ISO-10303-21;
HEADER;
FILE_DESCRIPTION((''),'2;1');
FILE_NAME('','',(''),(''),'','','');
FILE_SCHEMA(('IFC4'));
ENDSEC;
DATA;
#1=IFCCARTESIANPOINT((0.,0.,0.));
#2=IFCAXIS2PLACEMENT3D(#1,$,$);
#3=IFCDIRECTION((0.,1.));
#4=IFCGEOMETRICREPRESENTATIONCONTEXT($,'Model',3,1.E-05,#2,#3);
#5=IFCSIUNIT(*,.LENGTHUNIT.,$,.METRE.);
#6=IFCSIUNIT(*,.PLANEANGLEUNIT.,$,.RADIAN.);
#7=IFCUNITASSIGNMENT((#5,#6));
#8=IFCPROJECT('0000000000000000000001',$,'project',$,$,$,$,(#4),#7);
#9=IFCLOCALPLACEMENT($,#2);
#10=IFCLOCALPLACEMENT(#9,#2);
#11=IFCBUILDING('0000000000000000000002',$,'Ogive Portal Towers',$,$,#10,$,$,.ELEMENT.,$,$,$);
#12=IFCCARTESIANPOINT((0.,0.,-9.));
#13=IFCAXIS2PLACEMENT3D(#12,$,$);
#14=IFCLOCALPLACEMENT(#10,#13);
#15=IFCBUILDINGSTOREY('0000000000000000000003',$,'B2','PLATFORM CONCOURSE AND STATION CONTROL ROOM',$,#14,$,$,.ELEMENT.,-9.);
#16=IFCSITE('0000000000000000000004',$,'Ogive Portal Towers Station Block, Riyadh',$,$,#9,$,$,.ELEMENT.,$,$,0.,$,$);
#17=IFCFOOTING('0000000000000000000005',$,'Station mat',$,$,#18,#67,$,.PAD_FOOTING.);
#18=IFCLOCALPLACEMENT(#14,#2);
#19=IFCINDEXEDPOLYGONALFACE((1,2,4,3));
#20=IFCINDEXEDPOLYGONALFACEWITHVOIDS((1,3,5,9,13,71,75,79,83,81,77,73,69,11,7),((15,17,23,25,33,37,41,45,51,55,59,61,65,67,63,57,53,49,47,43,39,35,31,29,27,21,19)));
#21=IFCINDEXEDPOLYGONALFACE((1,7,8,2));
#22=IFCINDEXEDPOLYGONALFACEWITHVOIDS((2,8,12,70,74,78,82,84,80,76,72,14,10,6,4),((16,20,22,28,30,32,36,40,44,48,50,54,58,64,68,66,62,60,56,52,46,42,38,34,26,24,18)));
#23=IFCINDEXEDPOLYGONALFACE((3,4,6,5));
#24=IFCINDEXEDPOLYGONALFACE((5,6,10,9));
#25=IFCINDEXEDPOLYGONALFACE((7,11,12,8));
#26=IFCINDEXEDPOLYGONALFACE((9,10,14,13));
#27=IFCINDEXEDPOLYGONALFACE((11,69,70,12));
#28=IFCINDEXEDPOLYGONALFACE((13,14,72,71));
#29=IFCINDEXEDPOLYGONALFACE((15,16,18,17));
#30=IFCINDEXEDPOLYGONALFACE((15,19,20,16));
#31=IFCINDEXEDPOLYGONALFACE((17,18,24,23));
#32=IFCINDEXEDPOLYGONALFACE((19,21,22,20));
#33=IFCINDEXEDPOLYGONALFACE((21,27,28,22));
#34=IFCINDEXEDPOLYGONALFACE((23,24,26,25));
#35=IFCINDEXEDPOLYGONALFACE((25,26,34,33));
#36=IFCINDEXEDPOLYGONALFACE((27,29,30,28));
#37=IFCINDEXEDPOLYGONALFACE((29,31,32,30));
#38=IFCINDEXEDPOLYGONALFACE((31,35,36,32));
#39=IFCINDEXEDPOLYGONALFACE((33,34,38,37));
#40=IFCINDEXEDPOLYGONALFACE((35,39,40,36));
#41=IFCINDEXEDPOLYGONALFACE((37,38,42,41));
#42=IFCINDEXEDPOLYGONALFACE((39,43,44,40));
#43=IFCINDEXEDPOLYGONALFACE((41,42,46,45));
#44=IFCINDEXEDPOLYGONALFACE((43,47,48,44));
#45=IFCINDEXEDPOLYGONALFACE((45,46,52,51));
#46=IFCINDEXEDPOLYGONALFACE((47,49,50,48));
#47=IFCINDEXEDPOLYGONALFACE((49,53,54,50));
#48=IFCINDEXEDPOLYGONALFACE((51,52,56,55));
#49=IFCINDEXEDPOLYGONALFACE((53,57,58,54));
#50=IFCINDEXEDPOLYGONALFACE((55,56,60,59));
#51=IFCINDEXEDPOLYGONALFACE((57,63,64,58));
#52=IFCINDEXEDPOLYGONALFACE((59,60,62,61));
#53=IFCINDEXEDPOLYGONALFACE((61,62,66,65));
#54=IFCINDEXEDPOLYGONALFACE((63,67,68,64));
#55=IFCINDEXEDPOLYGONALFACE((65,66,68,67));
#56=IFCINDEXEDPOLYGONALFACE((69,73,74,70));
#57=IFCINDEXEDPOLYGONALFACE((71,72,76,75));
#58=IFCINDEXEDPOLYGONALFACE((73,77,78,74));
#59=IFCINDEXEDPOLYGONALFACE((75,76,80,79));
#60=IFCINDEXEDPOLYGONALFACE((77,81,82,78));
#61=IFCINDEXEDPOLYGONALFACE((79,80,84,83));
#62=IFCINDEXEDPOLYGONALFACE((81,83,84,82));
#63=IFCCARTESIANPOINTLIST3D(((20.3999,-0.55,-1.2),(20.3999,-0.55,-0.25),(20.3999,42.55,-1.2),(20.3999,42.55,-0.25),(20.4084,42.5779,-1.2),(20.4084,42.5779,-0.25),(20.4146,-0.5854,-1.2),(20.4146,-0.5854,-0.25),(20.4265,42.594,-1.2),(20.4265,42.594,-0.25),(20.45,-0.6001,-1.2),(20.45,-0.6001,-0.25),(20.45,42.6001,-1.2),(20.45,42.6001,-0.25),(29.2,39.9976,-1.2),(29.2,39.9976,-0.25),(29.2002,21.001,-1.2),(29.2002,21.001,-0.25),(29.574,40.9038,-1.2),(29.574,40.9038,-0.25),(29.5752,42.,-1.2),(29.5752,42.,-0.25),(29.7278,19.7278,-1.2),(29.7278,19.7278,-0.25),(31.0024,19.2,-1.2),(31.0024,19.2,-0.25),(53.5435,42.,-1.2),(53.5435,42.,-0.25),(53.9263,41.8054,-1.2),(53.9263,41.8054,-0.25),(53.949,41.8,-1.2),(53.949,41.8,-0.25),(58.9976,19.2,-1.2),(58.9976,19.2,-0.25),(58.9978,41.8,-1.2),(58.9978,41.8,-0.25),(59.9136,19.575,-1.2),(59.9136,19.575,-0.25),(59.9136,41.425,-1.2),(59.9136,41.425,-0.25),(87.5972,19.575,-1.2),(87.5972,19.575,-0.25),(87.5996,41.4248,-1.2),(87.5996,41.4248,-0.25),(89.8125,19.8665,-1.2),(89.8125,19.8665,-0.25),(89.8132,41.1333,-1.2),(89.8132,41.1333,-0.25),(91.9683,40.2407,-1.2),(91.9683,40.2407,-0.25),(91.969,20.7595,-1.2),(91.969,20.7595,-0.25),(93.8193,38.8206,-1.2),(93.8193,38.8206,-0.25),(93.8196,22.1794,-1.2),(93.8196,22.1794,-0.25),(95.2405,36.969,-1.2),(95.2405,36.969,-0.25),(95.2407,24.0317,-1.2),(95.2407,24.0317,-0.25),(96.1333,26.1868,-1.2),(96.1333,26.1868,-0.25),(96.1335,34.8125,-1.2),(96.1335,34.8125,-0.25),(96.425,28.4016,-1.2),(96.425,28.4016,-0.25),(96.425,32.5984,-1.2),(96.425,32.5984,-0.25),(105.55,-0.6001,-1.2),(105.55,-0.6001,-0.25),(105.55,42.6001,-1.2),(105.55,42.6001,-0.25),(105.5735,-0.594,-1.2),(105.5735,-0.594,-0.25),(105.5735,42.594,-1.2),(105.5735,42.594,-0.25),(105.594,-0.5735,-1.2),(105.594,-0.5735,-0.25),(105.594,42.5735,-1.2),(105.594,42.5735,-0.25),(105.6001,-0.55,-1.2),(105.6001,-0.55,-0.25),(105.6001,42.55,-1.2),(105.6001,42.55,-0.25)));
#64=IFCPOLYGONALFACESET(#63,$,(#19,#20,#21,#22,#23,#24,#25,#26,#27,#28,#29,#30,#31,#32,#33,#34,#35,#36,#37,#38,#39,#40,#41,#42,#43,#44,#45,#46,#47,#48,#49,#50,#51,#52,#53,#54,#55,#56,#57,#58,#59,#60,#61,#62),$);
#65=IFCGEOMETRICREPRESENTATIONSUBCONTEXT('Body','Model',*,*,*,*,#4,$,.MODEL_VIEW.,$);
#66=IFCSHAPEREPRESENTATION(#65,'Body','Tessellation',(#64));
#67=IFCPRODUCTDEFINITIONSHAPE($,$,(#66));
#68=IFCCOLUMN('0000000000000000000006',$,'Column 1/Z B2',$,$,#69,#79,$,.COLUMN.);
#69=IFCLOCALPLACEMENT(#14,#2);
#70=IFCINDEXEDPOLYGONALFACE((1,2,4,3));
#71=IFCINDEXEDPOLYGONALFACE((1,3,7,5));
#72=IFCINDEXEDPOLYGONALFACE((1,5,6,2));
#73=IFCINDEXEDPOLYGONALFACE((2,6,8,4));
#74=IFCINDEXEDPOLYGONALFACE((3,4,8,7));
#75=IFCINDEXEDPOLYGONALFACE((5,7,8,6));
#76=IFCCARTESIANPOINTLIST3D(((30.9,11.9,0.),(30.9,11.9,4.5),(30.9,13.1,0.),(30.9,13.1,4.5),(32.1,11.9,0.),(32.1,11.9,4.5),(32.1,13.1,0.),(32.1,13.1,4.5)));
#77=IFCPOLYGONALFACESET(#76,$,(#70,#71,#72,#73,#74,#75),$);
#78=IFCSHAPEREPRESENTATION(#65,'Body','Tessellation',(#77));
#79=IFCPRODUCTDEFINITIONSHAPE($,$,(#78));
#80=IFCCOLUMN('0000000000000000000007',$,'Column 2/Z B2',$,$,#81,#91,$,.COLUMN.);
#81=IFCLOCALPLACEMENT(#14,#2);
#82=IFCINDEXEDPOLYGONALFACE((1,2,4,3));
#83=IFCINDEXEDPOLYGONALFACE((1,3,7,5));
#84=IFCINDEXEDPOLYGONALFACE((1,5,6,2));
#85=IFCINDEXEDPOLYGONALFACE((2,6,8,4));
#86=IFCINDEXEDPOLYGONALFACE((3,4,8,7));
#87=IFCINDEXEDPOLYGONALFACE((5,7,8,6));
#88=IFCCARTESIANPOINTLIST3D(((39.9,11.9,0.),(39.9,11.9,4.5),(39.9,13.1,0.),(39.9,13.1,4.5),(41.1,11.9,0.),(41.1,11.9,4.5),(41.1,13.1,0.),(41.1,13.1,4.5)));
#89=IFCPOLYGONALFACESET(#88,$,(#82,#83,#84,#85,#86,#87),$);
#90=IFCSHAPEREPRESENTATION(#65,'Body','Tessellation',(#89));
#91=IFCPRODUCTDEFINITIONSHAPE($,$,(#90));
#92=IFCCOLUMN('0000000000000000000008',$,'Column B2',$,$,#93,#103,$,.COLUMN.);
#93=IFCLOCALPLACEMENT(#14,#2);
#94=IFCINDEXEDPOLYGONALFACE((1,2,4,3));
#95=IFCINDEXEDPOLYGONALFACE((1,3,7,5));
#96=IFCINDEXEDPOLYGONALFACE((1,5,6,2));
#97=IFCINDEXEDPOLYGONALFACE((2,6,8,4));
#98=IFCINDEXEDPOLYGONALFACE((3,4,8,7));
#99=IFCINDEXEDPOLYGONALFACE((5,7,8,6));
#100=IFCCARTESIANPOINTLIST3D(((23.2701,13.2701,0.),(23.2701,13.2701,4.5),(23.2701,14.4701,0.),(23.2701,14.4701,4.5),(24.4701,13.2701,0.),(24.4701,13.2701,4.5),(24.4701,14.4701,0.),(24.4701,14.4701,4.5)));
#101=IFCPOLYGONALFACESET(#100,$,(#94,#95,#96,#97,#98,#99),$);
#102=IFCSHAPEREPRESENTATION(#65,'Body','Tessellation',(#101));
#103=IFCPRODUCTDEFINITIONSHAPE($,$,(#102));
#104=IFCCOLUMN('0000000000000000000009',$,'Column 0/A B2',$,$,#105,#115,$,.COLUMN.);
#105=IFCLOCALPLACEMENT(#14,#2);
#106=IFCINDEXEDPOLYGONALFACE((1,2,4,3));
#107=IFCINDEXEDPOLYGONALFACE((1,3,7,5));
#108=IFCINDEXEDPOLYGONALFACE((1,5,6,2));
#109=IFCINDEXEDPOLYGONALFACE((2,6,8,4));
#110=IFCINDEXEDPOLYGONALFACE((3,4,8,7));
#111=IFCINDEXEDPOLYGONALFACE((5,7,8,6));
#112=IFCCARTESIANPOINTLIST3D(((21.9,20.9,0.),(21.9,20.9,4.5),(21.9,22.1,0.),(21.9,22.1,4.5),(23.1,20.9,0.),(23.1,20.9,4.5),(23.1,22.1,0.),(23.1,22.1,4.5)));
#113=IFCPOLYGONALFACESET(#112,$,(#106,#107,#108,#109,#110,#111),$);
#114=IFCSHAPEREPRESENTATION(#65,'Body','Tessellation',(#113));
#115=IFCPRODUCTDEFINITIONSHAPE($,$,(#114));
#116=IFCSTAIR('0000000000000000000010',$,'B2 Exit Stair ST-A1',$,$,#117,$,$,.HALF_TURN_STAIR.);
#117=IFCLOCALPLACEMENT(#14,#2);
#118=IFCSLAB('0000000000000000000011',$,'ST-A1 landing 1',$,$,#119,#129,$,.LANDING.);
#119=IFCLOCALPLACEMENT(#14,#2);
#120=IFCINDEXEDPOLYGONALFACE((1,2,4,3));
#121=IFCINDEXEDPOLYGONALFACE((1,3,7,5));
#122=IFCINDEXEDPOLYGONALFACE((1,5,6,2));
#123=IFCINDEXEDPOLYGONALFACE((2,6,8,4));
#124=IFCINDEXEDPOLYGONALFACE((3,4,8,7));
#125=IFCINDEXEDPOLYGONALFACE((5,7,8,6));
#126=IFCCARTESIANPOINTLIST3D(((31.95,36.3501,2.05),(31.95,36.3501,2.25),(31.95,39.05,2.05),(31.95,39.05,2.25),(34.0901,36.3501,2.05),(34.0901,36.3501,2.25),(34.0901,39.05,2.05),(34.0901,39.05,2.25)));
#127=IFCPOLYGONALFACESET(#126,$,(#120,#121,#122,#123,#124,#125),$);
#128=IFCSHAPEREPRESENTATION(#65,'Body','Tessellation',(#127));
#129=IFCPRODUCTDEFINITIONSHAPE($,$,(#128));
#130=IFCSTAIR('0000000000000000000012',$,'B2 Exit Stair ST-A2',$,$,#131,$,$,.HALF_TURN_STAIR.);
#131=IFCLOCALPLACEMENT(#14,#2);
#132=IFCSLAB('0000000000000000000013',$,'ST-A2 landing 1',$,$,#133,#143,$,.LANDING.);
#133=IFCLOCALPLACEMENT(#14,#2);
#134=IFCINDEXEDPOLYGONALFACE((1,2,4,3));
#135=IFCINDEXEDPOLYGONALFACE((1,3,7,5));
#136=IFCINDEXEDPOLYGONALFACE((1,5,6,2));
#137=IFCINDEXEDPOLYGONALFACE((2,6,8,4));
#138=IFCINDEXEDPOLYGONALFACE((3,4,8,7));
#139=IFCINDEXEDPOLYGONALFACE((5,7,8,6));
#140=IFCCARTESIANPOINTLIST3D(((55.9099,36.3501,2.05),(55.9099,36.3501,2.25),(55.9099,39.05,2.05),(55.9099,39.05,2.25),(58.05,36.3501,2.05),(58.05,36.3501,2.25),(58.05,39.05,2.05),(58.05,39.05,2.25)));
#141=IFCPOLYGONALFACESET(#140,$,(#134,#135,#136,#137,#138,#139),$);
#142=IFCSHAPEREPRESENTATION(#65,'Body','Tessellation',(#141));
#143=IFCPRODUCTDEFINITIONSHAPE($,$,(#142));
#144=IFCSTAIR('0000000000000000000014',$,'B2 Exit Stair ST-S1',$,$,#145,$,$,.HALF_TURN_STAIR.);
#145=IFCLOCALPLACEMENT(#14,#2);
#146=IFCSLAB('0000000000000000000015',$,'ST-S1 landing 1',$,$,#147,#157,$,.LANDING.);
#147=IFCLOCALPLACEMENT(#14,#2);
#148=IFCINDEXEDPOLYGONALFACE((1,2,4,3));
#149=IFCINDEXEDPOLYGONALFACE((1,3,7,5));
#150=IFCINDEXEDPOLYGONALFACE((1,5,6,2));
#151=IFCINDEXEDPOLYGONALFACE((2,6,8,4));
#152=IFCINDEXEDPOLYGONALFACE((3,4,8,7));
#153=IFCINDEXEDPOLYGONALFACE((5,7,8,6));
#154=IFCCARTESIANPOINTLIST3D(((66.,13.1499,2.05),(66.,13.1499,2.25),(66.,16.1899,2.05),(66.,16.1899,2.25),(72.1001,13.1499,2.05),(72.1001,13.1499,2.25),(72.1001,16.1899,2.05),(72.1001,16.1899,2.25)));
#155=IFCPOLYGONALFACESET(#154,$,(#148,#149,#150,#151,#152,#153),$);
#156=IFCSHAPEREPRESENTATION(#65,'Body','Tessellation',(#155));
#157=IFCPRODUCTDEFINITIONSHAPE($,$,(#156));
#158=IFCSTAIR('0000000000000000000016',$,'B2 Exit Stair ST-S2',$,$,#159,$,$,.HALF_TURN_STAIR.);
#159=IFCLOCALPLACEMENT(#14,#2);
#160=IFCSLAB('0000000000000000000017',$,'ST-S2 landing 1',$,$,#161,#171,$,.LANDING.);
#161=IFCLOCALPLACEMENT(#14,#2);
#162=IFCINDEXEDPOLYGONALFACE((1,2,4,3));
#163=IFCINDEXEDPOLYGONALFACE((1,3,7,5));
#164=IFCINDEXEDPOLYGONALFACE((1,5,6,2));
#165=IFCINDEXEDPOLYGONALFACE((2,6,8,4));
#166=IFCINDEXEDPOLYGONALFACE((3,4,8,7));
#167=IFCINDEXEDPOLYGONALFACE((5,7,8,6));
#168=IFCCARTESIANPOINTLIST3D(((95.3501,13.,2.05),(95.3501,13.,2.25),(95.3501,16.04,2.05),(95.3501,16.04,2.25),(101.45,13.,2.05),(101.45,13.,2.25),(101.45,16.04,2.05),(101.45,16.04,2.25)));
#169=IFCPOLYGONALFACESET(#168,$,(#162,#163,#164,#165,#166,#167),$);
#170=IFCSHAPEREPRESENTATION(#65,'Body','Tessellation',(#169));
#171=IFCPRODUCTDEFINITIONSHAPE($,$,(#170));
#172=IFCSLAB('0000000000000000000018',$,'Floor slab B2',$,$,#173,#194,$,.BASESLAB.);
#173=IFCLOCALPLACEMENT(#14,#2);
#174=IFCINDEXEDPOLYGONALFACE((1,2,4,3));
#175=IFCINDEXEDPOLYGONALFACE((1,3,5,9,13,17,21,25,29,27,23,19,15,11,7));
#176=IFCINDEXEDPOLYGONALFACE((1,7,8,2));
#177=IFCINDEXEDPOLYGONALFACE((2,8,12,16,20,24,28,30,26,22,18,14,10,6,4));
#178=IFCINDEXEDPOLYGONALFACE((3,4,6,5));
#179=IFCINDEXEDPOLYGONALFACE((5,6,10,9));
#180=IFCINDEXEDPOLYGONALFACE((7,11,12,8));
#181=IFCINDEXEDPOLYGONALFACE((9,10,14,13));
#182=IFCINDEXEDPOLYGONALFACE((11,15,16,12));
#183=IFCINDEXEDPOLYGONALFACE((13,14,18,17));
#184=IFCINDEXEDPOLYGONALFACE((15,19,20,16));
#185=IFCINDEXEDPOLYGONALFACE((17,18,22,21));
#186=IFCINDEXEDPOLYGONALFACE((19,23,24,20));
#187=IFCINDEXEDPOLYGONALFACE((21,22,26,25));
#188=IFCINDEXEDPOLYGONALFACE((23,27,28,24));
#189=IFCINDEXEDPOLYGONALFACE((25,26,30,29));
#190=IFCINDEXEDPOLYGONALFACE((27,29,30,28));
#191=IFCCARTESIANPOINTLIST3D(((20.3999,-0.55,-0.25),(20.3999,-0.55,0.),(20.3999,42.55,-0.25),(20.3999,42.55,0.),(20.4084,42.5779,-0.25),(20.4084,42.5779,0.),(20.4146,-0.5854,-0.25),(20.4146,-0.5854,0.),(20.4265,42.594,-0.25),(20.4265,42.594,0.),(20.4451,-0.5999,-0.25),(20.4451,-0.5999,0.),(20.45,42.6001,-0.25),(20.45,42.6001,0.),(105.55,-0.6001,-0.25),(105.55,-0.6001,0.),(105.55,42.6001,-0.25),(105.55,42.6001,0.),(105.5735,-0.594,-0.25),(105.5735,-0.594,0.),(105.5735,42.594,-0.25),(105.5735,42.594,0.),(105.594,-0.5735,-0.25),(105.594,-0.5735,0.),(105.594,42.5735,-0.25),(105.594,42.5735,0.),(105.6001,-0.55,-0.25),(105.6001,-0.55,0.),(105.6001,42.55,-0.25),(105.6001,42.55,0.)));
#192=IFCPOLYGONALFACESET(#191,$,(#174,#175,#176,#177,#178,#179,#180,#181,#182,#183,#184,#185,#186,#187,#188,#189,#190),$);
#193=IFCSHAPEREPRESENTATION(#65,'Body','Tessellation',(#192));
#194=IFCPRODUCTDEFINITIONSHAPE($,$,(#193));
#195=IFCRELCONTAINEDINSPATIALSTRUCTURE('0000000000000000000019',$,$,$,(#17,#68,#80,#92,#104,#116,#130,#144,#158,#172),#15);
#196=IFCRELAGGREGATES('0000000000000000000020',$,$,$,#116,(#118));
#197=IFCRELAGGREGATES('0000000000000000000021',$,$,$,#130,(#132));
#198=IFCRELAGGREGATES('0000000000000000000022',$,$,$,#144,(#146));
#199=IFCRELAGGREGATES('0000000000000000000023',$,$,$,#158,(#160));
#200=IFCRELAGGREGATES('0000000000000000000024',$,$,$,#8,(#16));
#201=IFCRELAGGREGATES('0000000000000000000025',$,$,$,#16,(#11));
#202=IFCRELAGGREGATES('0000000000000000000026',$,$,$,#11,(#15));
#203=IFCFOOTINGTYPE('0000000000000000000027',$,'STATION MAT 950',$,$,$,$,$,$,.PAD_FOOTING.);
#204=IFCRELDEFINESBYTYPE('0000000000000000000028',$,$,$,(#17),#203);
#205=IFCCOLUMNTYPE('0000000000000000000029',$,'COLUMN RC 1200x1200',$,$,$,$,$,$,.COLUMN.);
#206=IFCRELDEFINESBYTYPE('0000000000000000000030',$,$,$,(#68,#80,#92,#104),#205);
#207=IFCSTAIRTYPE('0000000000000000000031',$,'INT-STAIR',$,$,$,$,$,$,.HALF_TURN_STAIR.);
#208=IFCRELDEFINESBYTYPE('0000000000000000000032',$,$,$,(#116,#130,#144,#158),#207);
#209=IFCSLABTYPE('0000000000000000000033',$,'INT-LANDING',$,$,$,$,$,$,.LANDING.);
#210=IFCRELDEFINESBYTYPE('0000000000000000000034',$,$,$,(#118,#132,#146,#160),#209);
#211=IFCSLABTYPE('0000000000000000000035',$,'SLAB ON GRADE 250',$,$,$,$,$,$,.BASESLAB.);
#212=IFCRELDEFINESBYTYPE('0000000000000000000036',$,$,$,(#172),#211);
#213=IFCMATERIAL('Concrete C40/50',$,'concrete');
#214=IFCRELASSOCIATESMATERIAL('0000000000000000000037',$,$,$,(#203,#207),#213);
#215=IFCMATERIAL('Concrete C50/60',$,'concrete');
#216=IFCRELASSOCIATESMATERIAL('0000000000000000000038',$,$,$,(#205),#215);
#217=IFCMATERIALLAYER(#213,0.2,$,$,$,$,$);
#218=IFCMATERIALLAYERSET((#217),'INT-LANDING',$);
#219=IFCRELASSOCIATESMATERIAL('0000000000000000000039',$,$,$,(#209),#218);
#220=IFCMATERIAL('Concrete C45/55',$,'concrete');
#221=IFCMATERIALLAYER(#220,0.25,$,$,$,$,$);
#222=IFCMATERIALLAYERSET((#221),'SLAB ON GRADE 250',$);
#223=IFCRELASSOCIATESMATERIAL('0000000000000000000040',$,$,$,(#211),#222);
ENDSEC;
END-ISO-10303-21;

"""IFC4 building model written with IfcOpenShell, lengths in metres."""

from ifc_helpers import new_model, si_unit, direction, frame, origin, origin_2d, place, context, subcontext, project, spatial, polyline, rectangle, outline, extrude, material, layer, layer_set, material_profile, profile_set, type_object, element, aggregate, save


model = new_model("IFC4")

# Units and contexts
model_context = context("Model", 3, precision=1e-05, world=origin(), true_north=direction((0.0, 1.0)))
body_context = subcontext(model_context, "Body", "Model", "MODEL_VIEW")
ifc_project = project(units=[si_unit("LENGTHUNIT", "METRE"), si_unit("PLANEANGLEUNIT", "RADIAN")], contexts=[model_context])

# Site, building, storey
site_placement = place(None, origin())
site = spatial("IfcSite", under=ifc_project, at=site_placement, Name="Ogive Portal Towers Station Block, Riyadh", CompositionType="ELEMENT", RefElevation=0.0)
building_placement = place(site_placement, origin())
building = spatial("IfcBuilding", under=site, at=building_placement, Name="Ogive Portal Towers", CompositionType="ELEMENT")
storey_placement = place(building_placement, frame((0.0, 0.0, -9.0)))
storey = spatial("IfcBuildingStorey", under=building, at=storey_placement, Name="B2", Description="PLATFORM CONCOURSE AND STATION CONTROL ROOM", CompositionType="ELEMENT", Elevation=-9.0)

# Shared definitions
ifc_material_1 = material(Name="Concrete C40/50", Category="concrete")

# Footing
footing_type_1 = type_object("IfcFootingType", Name="STATION MAT 950", PredefinedType="PAD_FOOTING", material=ifc_material_1)
footing_1_placement = place(storey_placement, frame((0.0, 0.0, -1.2)))
element("IfcFooting", 1, at=footing_1_placement, inside=storey, type_object=footing_type_1, Name="Station mat", PredefinedType="PAD_FOOTING", context=body_context, shape_type="SweptSolid", body=[
    extrude(outline(polyline([(20.45, -0.6001), (105.55, -0.6001), (105.5735, -0.594), (105.594, -0.5735), (105.6001, -0.55), (105.6001, 42.55), (105.594, 42.5735), (105.5735, 42.594), (105.55, 42.6001), (20.45, 42.6001), (20.4265, 42.594), (20.4084, 42.5779), (20.3999, 42.55), (20.3999, -0.55), (20.4146, -0.5854), (20.45, -0.6001)]), holes=[polyline([(29.2002, 21.001), (29.2, 39.9976), (29.574, 40.9038), (29.5752, 42.0), (53.5435, 42.0), (53.9263, 41.8054), (53.949, 41.8), (58.9978, 41.8), (59.9136, 41.425), (87.5996, 41.4248), (89.8132, 41.1333), (91.9683, 40.2407), (93.8193, 38.8206), (95.2405, 36.969), (96.1335, 34.8125), (96.425, 32.5984), (96.425, 28.4016), (96.1333, 26.1868), (95.2407, 24.0317), (93.8196, 22.1794), (91.969, 20.7595), (89.8125, 19.8665), (87.5972, 19.575), (59.9136, 19.575), (58.9976, 19.2), (31.0024, 19.2), (29.7278, 19.7278), (29.2002, 21.001)])]), origin(), (0.0, 0.0, 1.0), 0.95),
])

# Columns
ifc_material_2 = material(Name="Concrete C50/60", Category="concrete")
ifc_material_profile_1 = material_profile(ifc_material_2, rectangle(XDim=1.2, YDim=1.2, at=origin_2d()), Name="RC 1200x1200")
ifc_profile_set_1 = profile_set([ifc_material_profile_1], Name="Concrete C50/60")
column_type = type_object("IfcColumnType", Name="COLUMN RC 1200x1200", PredefinedType="COLUMN", material=ifc_profile_set_1)
for number, where, z_axis, x_axis, name in (
    (2, (31.5, 12.5, 0.0), (0.0, 0.0, 1.0), (1.0, 0.0, 0.0), "Column 1/Z B2"),
    (3, (40.5, 12.5, 0.0), (0.0, 0.0, 1.0), (1.0, 0.0, 0.0), "Column 2/Z B2"),
    (4, (23.8701, 13.8701, 0.0), (0.0, 0.0, 1.0), (1.0, 0.0, 0.0), "Column B2"),
    (5, (22.5, 21.5, 0.0), (0.0, 0.0, 1.0), (1.0, 0.0, 0.0), "Column 0/A B2"),
):
    element("IfcColumn", number, at=place(storey_placement, frame(where, z_axis=z_axis, x_axis=x_axis)), inside=storey, type_object=column_type, Name=name, PredefinedType="COLUMN", context=body_context, shape_type="SweptSolid", body=[
        extrude(rectangle(XDim=1.2, YDim=1.2, at=origin_2d()), origin(), (0.0, 0.0, 1.0), 4.5),
    ])

# Stairs, slabs
stair_type = type_object("IfcStairType", Name="INT-STAIR", PredefinedType="HALF_TURN_STAIR", material=ifc_material_1)
stair_1_placement = place(storey_placement, origin())
stair_1 = element("IfcStair", 6, at=stair_1_placement, inside=storey, type_object=stair_type, Name="B2 Exit Stair ST-A1", PredefinedType="HALF_TURN_STAIR")
ifc_layer_1 = layer(ifc_material_1, 0.2)
ifc_layer_set_1 = layer_set([ifc_layer_1], Name="INT-LANDING")
slab_type_1 = type_object("IfcSlabType", Name="INT-LANDING", PredefinedType="LANDING", material=ifc_layer_set_1)
slab_1_placement = place(storey_placement, frame((0.0, 0.0, 2.05)))
slab_1 = element("IfcSlab", 7, at=slab_1_placement, type_object=slab_type_1, Name="ST-A1 landing 1", PredefinedType="LANDING", context=body_context, shape_type="SweptSolid", body=[
    extrude(outline(polyline([(34.0901, 39.05), (31.95, 39.05), (31.95, 36.3501), (34.0901, 36.3501), (34.0901, 39.05)])), origin(), (0.0, 0.0, 1.0), 0.2),
])
aggregate(stair_1, [slab_1])
stair_2_placement = place(storey_placement, origin())
stair_2 = element("IfcStair", 8, at=stair_2_placement, inside=storey, type_object=stair_type, Name="B2 Exit Stair ST-A2", PredefinedType="HALF_TURN_STAIR")
slab_2_placement = place(storey_placement, frame((0.0, 0.0, 2.05)))
slab_2 = element("IfcSlab", 9, at=slab_2_placement, type_object=slab_type_1, Name="ST-A2 landing 1", PredefinedType="LANDING", context=body_context, shape_type="SweptSolid", body=[
    extrude(outline(polyline([(55.9099, 36.3501), (58.05, 36.3501), (58.05, 39.05), (55.9099, 39.05), (55.9099, 36.3501)])), origin(), (0.0, 0.0, 1.0), 0.2),
])
aggregate(stair_2, [slab_2])
stair_3_placement = place(storey_placement, origin())
stair_3 = element("IfcStair", 10, at=stair_3_placement, inside=storey, type_object=stair_type, Name="B2 Exit Stair ST-S1", PredefinedType="HALF_TURN_STAIR")
slab_3_placement = place(storey_placement, frame((0.0, 0.0, 2.05)))
slab_3 = element("IfcSlab", 11, at=slab_3_placement, type_object=slab_type_1, Name="ST-S1 landing 1", PredefinedType="LANDING", context=body_context, shape_type="SweptSolid", body=[
    extrude(outline(polyline([(66.0, 16.1899), (66.0, 13.1499), (72.1001, 13.1499), (72.1001, 16.1899), (66.0, 16.1899)])), origin(), (0.0, 0.0, 1.0), 0.2),
])
aggregate(stair_3, [slab_3])
stair_4_placement = place(storey_placement, origin())
stair_4 = element("IfcStair", 12, at=stair_4_placement, inside=storey, type_object=stair_type, Name="B2 Exit Stair ST-S2", PredefinedType="HALF_TURN_STAIR")
slab_4_placement = place(storey_placement, frame((0.0, 0.0, 2.05)))
slab_4 = element("IfcSlab", 13, at=slab_4_placement, type_object=slab_type_1, Name="ST-S2 landing 1", PredefinedType="LANDING", context=body_context, shape_type="SweptSolid", body=[
    extrude(outline(polyline([(95.3501, 16.04), (95.3501, 13.0), (101.45, 13.0), (101.45, 16.04), (95.3501, 16.04)])), origin(), (0.0, 0.0, 1.0), 0.2),
])
aggregate(stair_4, [slab_4])

# Slab
ifc_material_3 = material(Name="Concrete C45/55", Category="concrete")
ifc_layer_2 = layer(ifc_material_3, 0.25)
ifc_layer_set_2 = layer_set([ifc_layer_2], Name="SLAB ON GRADE 250")
slab_type_2 = type_object("IfcSlabType", Name="SLAB ON GRADE 250", PredefinedType="BASESLAB", material=ifc_layer_set_2)
slab_5_placement = place(storey_placement, frame((0.0, 0.0, -0.25)))
element("IfcSlab", 14, at=slab_5_placement, inside=storey, type_object=slab_type_2, Name="Floor slab B2", PredefinedType="BASESLAB", context=body_context, shape_type="SweptSolid", body=[
    extrude(outline(polyline([(20.4451, -0.5999), (105.55, -0.6001), (105.5735, -0.594), (105.594, -0.5735), (105.6001, -0.55), (105.6001, 42.55), (105.594, 42.5735), (105.5735, 42.594), (105.55, 42.6001), (20.45, 42.6001), (20.4265, 42.594), (20.4084, 42.5779), (20.3999, 42.55), (20.3999, -0.55), (20.4146, -0.5854), (20.4451, -0.5999)])), origin(), (0.0, 0.0, 1.0), 0.25),
])

save(model, "model.ifc")
